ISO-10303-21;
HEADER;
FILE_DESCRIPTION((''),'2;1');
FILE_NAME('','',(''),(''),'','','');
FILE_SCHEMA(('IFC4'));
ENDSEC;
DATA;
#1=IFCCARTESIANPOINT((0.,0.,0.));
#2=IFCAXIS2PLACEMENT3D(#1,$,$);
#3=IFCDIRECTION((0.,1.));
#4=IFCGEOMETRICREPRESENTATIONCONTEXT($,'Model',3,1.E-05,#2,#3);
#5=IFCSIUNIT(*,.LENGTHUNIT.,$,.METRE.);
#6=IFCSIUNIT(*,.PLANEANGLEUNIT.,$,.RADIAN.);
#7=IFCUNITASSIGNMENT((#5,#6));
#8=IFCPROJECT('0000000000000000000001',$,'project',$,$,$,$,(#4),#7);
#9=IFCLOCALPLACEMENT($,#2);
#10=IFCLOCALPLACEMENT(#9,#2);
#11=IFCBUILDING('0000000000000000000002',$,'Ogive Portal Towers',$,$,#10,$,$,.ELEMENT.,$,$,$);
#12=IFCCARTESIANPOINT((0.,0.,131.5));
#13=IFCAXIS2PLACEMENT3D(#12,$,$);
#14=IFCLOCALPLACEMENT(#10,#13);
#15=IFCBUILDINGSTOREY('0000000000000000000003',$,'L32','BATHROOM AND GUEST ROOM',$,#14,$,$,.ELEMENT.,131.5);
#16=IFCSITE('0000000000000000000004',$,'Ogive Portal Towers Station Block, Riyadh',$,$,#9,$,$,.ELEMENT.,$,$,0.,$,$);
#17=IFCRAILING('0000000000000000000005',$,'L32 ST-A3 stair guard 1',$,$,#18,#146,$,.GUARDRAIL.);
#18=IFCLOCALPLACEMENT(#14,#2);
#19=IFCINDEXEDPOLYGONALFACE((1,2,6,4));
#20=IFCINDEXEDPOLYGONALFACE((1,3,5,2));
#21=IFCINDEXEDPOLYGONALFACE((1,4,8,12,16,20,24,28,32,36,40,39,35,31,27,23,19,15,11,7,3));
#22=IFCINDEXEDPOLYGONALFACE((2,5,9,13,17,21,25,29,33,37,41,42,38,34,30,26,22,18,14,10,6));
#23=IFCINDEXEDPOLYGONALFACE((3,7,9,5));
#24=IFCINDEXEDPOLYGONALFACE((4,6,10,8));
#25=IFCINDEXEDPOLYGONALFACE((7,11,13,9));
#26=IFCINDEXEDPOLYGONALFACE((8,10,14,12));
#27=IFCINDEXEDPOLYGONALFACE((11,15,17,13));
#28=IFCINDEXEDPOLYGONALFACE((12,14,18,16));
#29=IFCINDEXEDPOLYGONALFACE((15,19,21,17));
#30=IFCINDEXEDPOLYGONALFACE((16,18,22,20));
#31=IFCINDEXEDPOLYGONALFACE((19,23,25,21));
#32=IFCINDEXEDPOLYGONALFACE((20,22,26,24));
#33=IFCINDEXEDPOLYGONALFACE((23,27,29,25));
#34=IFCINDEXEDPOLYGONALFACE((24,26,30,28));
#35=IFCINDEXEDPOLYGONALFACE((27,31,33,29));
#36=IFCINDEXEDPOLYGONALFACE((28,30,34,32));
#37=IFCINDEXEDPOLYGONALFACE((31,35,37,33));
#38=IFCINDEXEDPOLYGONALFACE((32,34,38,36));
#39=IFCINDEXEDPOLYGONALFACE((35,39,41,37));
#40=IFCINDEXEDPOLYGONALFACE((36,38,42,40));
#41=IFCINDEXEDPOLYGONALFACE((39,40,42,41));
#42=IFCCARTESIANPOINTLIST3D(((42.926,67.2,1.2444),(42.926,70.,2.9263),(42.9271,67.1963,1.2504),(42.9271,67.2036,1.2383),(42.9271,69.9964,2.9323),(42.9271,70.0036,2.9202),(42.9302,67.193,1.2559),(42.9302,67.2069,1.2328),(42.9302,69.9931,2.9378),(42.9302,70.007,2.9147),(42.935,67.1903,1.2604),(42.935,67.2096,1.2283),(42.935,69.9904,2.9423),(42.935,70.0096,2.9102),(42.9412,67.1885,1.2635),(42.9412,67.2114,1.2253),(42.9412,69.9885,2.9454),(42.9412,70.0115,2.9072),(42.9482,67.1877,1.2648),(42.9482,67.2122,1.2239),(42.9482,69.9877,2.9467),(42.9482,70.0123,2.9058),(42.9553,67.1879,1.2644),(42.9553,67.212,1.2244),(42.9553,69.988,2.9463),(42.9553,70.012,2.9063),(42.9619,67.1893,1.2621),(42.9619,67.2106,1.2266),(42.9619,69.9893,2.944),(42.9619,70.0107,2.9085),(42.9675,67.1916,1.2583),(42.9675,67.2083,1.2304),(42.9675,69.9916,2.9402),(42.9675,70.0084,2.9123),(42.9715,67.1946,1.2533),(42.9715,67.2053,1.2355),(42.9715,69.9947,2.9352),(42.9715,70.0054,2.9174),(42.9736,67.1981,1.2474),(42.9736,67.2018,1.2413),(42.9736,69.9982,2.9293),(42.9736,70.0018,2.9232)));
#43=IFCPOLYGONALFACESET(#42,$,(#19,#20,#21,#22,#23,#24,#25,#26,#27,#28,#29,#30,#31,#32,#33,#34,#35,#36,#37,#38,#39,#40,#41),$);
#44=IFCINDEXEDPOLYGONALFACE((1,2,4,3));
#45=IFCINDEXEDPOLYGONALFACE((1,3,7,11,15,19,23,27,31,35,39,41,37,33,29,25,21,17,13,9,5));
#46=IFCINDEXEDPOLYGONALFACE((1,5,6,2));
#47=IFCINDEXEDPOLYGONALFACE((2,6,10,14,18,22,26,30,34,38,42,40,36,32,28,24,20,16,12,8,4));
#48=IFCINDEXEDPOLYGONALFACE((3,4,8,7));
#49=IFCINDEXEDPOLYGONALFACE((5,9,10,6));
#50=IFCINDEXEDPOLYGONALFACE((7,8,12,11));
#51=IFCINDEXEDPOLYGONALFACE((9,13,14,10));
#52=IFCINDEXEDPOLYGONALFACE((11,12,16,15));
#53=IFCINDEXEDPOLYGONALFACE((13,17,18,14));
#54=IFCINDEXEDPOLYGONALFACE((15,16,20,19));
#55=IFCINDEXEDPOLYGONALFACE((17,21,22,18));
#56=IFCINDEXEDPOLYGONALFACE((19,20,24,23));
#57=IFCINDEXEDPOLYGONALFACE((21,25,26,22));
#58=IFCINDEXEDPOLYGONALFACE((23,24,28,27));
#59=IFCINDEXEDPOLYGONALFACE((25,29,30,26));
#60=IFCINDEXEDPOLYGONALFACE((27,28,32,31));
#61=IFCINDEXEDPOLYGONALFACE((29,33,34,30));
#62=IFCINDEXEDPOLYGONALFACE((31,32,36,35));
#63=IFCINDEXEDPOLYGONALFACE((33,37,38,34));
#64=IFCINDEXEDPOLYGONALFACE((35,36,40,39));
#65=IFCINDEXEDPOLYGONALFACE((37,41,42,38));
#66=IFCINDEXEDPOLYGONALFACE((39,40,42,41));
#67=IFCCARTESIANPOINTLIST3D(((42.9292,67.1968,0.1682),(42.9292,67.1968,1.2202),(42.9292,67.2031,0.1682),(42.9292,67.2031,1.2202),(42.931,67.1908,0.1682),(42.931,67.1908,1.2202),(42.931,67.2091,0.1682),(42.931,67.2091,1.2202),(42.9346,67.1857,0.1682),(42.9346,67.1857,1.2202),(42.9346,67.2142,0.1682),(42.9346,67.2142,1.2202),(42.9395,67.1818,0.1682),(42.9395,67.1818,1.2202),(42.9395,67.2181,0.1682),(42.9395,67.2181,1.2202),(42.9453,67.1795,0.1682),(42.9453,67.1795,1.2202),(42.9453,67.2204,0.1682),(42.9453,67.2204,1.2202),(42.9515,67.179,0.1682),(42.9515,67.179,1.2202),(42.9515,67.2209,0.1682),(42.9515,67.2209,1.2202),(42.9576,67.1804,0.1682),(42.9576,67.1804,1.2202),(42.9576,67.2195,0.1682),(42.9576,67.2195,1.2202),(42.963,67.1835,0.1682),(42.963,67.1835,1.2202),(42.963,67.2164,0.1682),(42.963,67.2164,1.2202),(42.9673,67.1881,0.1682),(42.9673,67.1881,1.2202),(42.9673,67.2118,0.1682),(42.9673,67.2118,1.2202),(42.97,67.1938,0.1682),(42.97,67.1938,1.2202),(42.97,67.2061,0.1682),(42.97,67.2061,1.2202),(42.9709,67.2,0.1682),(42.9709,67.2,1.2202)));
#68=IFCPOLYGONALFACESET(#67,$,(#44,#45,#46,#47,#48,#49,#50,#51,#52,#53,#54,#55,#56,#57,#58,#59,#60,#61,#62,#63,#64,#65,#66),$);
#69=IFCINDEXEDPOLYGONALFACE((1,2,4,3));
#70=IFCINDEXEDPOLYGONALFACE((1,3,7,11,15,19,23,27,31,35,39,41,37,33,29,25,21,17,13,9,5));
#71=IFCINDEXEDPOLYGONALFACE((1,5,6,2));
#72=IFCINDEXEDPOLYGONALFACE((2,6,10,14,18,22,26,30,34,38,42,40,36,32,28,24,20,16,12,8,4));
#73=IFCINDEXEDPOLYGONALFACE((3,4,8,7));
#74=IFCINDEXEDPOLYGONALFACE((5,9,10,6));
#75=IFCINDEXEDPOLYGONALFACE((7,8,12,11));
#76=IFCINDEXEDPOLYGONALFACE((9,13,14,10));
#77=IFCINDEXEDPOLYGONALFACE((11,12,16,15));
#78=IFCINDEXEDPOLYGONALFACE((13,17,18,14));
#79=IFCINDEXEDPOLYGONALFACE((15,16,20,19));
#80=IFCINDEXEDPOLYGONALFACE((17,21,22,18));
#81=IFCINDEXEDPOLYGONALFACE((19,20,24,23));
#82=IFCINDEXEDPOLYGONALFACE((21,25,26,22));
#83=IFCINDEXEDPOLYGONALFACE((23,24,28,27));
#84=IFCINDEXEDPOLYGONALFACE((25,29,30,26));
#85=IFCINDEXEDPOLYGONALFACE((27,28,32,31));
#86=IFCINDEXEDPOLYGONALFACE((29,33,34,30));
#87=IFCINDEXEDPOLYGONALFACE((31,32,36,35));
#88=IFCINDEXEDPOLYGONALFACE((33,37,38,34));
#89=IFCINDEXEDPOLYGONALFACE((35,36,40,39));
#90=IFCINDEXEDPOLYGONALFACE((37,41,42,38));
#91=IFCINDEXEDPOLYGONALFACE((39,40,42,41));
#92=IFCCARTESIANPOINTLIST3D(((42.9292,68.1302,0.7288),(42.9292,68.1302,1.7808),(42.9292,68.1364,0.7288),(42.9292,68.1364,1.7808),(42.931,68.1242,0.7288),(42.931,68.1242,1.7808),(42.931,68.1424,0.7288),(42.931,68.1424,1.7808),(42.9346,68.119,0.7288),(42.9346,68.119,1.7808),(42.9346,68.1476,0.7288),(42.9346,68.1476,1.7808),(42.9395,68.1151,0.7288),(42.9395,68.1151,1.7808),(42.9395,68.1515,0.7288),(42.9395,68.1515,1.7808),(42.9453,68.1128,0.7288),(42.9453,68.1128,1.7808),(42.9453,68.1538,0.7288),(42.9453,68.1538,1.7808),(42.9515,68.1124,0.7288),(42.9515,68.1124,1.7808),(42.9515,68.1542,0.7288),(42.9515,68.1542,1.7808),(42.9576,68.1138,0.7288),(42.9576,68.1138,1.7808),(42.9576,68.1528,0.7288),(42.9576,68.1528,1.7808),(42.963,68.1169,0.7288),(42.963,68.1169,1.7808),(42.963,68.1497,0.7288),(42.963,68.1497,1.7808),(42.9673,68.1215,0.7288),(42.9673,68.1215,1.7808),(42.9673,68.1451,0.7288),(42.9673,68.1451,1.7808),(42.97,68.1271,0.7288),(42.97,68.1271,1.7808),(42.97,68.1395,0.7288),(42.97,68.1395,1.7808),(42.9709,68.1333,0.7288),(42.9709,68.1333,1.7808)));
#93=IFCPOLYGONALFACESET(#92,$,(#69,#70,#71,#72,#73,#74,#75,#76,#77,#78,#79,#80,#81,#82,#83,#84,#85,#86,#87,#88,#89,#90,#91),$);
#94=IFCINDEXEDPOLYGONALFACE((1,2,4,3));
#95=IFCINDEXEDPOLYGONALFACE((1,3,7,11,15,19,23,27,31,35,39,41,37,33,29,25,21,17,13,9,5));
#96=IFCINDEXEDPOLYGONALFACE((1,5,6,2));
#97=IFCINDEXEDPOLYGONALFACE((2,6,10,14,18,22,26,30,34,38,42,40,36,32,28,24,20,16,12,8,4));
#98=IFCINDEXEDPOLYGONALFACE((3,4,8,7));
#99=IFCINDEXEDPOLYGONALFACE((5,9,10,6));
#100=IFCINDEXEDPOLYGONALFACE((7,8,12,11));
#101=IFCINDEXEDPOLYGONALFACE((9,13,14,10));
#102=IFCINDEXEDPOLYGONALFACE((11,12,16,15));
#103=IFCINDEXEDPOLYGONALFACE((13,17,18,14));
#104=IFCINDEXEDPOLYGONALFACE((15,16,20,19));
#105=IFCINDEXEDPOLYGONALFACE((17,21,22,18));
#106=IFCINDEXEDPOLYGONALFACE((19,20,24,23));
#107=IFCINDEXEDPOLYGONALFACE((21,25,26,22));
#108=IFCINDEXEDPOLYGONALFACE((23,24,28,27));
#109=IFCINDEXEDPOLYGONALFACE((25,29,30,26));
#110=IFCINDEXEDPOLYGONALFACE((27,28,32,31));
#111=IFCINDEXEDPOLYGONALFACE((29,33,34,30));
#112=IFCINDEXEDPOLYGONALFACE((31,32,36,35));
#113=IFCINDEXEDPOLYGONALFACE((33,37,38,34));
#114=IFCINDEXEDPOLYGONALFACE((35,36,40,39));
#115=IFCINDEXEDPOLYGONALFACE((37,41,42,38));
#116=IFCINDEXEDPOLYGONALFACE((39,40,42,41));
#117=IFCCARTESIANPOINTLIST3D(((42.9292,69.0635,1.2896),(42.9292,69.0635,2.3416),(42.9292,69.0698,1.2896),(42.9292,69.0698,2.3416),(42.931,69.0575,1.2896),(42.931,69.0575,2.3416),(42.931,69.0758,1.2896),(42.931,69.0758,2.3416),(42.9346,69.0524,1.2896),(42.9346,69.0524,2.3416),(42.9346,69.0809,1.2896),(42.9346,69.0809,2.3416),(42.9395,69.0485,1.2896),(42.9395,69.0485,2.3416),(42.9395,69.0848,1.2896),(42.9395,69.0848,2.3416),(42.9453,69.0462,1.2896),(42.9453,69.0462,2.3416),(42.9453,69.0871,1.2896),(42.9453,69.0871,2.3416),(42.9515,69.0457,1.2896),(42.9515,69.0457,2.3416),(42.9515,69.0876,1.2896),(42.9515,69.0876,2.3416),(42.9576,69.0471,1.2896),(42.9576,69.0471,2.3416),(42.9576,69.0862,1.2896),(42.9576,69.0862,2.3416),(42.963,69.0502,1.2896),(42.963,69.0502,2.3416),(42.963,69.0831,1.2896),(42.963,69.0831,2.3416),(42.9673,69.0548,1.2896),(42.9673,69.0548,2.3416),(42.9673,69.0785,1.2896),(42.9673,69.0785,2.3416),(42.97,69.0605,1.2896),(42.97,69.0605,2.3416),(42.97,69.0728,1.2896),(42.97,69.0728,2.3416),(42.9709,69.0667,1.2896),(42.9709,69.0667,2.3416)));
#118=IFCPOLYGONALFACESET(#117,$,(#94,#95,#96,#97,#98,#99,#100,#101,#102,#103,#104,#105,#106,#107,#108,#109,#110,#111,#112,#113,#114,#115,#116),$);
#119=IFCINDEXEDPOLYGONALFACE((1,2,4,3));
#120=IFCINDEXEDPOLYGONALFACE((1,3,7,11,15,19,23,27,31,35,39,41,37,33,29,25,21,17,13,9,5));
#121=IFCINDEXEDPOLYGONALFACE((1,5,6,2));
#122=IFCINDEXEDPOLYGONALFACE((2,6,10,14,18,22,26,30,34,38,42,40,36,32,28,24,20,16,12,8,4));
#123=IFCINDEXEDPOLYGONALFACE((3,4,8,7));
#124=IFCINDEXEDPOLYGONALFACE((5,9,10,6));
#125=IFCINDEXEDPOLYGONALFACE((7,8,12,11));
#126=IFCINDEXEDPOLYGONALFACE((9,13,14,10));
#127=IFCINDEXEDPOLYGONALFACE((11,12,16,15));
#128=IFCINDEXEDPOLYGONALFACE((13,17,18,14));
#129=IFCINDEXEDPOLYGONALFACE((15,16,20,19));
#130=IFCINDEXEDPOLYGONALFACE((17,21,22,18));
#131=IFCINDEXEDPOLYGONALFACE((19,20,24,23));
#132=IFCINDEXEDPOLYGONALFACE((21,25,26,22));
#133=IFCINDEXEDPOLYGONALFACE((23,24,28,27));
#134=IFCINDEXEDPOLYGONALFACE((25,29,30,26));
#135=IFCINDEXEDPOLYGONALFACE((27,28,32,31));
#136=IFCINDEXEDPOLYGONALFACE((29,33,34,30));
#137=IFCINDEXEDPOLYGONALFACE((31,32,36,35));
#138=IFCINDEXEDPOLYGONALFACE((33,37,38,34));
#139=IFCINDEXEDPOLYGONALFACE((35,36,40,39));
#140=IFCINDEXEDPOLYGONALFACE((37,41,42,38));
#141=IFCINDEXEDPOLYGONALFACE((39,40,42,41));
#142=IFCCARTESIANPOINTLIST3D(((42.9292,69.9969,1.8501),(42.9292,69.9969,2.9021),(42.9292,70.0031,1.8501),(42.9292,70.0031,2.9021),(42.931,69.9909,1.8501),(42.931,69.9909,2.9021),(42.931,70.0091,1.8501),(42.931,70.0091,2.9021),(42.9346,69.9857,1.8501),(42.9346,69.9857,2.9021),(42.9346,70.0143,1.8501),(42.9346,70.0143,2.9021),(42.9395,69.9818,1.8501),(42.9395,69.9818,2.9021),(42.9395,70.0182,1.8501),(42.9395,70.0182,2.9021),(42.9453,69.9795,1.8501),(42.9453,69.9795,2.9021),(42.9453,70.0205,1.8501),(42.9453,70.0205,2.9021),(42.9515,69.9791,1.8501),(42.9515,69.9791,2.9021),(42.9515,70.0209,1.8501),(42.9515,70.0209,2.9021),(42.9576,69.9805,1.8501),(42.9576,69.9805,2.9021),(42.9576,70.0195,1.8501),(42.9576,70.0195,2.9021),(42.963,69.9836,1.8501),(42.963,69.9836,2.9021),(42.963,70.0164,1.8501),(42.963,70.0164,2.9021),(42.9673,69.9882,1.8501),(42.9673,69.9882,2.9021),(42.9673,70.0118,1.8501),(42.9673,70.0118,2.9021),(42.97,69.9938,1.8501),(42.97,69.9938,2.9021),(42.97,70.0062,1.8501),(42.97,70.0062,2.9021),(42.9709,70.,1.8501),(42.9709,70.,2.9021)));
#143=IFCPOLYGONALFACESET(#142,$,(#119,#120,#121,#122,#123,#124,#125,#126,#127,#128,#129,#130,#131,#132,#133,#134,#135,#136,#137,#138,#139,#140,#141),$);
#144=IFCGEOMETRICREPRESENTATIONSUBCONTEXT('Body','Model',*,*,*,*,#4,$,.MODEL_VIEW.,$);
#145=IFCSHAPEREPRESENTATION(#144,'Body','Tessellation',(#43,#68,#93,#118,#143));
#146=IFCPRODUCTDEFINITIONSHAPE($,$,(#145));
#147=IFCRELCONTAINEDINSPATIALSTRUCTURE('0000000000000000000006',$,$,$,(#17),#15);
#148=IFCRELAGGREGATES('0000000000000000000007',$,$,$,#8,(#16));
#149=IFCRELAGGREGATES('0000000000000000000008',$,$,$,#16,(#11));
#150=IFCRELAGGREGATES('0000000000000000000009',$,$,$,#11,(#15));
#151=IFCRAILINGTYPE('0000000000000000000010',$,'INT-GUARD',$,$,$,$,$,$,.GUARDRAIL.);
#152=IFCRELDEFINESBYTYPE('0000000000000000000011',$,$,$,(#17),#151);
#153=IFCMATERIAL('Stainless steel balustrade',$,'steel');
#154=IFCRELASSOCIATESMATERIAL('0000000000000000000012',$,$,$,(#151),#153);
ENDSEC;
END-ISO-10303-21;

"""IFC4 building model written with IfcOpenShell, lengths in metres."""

from ifc_helpers import new_model, si_unit, direction, frame, origin, origin_2d, place, context, subcontext, project, spatial, circle, extrude, material, type_object, element, save


model = new_model("IFC4")

# Units and contexts
model_context = context("Model", 3, precision=1e-05, world=origin(), true_north=direction((0.0, 1.0)))
body_context = subcontext(model_context, "Body", "Model", "MODEL_VIEW")
ifc_project = project(units=[si_unit("LENGTHUNIT", "METRE"), si_unit("PLANEANGLEUNIT", "RADIAN")], contexts=[model_context])

# Site, building, storey
site_placement = place(None, origin())
site = spatial("IfcSite", under=ifc_project, at=site_placement, Name="Ogive Portal Towers Station Block, Riyadh", CompositionType="ELEMENT", RefElevation=0.0)
building_placement = place(site_placement, origin())
building = spatial("IfcBuilding", under=site, at=building_placement, Name="Ogive Portal Towers", CompositionType="ELEMENT")
storey_placement = place(building_placement, frame((0.0, 0.0, 131.5)))
storey = spatial("IfcBuildingStorey", under=building, at=storey_placement, Name="L32", Description="BATHROOM AND GUEST ROOM", CompositionType="ELEMENT", Elevation=131.5)

# Railing
ifc_material_1 = material(Name="Stainless steel balustrade", Category="steel")
railing_type_1 = type_object("IfcRailingType", Name="INT-GUARD", PredefinedType="GUARDRAIL", material=ifc_material_1)
railing_1_placement = place(storey_placement, frame((42.95, 67.2, 0.1682)))
element("IfcRailing", 1, at=railing_1_placement, inside=storey, type_object=railing_type_1, Name="L32 ST-A3 stair guard 1", PredefinedType="GUARDRAIL", context=body_context, shape_type="SweptSolid", body=[
    extrude(circle(Radius=0.0239, at=origin_2d()), frame((0.0, 0.0, 1.0762), z_axis=(0.0, 0.857242, 0.514913), x_axis=(-1.0, 0.0, 0.0)), (0.0, 0.0, 1.0), 3.2664),
    extrude(circle(Radius=0.021, at=origin_2d()), origin(), (0.0, 0.0, 1.0), 1.052),
    extrude(circle(Radius=0.021, at=origin_2d()), frame((0.0, 0.9333, 0.5605)), (0.0, 0.0, 1.0), 1.052),
    extrude(circle(Radius=0.021, at=origin_2d()), frame((0.0, 1.8667, 1.1213)), (0.0, 0.0, 1.0), 1.052),
    extrude(circle(Radius=0.021, at=origin_2d()), frame((0.0, 2.8, 1.6819)), (0.0, 0.0, 1.0), 1.052),
])

save(model, "model.ifc")
